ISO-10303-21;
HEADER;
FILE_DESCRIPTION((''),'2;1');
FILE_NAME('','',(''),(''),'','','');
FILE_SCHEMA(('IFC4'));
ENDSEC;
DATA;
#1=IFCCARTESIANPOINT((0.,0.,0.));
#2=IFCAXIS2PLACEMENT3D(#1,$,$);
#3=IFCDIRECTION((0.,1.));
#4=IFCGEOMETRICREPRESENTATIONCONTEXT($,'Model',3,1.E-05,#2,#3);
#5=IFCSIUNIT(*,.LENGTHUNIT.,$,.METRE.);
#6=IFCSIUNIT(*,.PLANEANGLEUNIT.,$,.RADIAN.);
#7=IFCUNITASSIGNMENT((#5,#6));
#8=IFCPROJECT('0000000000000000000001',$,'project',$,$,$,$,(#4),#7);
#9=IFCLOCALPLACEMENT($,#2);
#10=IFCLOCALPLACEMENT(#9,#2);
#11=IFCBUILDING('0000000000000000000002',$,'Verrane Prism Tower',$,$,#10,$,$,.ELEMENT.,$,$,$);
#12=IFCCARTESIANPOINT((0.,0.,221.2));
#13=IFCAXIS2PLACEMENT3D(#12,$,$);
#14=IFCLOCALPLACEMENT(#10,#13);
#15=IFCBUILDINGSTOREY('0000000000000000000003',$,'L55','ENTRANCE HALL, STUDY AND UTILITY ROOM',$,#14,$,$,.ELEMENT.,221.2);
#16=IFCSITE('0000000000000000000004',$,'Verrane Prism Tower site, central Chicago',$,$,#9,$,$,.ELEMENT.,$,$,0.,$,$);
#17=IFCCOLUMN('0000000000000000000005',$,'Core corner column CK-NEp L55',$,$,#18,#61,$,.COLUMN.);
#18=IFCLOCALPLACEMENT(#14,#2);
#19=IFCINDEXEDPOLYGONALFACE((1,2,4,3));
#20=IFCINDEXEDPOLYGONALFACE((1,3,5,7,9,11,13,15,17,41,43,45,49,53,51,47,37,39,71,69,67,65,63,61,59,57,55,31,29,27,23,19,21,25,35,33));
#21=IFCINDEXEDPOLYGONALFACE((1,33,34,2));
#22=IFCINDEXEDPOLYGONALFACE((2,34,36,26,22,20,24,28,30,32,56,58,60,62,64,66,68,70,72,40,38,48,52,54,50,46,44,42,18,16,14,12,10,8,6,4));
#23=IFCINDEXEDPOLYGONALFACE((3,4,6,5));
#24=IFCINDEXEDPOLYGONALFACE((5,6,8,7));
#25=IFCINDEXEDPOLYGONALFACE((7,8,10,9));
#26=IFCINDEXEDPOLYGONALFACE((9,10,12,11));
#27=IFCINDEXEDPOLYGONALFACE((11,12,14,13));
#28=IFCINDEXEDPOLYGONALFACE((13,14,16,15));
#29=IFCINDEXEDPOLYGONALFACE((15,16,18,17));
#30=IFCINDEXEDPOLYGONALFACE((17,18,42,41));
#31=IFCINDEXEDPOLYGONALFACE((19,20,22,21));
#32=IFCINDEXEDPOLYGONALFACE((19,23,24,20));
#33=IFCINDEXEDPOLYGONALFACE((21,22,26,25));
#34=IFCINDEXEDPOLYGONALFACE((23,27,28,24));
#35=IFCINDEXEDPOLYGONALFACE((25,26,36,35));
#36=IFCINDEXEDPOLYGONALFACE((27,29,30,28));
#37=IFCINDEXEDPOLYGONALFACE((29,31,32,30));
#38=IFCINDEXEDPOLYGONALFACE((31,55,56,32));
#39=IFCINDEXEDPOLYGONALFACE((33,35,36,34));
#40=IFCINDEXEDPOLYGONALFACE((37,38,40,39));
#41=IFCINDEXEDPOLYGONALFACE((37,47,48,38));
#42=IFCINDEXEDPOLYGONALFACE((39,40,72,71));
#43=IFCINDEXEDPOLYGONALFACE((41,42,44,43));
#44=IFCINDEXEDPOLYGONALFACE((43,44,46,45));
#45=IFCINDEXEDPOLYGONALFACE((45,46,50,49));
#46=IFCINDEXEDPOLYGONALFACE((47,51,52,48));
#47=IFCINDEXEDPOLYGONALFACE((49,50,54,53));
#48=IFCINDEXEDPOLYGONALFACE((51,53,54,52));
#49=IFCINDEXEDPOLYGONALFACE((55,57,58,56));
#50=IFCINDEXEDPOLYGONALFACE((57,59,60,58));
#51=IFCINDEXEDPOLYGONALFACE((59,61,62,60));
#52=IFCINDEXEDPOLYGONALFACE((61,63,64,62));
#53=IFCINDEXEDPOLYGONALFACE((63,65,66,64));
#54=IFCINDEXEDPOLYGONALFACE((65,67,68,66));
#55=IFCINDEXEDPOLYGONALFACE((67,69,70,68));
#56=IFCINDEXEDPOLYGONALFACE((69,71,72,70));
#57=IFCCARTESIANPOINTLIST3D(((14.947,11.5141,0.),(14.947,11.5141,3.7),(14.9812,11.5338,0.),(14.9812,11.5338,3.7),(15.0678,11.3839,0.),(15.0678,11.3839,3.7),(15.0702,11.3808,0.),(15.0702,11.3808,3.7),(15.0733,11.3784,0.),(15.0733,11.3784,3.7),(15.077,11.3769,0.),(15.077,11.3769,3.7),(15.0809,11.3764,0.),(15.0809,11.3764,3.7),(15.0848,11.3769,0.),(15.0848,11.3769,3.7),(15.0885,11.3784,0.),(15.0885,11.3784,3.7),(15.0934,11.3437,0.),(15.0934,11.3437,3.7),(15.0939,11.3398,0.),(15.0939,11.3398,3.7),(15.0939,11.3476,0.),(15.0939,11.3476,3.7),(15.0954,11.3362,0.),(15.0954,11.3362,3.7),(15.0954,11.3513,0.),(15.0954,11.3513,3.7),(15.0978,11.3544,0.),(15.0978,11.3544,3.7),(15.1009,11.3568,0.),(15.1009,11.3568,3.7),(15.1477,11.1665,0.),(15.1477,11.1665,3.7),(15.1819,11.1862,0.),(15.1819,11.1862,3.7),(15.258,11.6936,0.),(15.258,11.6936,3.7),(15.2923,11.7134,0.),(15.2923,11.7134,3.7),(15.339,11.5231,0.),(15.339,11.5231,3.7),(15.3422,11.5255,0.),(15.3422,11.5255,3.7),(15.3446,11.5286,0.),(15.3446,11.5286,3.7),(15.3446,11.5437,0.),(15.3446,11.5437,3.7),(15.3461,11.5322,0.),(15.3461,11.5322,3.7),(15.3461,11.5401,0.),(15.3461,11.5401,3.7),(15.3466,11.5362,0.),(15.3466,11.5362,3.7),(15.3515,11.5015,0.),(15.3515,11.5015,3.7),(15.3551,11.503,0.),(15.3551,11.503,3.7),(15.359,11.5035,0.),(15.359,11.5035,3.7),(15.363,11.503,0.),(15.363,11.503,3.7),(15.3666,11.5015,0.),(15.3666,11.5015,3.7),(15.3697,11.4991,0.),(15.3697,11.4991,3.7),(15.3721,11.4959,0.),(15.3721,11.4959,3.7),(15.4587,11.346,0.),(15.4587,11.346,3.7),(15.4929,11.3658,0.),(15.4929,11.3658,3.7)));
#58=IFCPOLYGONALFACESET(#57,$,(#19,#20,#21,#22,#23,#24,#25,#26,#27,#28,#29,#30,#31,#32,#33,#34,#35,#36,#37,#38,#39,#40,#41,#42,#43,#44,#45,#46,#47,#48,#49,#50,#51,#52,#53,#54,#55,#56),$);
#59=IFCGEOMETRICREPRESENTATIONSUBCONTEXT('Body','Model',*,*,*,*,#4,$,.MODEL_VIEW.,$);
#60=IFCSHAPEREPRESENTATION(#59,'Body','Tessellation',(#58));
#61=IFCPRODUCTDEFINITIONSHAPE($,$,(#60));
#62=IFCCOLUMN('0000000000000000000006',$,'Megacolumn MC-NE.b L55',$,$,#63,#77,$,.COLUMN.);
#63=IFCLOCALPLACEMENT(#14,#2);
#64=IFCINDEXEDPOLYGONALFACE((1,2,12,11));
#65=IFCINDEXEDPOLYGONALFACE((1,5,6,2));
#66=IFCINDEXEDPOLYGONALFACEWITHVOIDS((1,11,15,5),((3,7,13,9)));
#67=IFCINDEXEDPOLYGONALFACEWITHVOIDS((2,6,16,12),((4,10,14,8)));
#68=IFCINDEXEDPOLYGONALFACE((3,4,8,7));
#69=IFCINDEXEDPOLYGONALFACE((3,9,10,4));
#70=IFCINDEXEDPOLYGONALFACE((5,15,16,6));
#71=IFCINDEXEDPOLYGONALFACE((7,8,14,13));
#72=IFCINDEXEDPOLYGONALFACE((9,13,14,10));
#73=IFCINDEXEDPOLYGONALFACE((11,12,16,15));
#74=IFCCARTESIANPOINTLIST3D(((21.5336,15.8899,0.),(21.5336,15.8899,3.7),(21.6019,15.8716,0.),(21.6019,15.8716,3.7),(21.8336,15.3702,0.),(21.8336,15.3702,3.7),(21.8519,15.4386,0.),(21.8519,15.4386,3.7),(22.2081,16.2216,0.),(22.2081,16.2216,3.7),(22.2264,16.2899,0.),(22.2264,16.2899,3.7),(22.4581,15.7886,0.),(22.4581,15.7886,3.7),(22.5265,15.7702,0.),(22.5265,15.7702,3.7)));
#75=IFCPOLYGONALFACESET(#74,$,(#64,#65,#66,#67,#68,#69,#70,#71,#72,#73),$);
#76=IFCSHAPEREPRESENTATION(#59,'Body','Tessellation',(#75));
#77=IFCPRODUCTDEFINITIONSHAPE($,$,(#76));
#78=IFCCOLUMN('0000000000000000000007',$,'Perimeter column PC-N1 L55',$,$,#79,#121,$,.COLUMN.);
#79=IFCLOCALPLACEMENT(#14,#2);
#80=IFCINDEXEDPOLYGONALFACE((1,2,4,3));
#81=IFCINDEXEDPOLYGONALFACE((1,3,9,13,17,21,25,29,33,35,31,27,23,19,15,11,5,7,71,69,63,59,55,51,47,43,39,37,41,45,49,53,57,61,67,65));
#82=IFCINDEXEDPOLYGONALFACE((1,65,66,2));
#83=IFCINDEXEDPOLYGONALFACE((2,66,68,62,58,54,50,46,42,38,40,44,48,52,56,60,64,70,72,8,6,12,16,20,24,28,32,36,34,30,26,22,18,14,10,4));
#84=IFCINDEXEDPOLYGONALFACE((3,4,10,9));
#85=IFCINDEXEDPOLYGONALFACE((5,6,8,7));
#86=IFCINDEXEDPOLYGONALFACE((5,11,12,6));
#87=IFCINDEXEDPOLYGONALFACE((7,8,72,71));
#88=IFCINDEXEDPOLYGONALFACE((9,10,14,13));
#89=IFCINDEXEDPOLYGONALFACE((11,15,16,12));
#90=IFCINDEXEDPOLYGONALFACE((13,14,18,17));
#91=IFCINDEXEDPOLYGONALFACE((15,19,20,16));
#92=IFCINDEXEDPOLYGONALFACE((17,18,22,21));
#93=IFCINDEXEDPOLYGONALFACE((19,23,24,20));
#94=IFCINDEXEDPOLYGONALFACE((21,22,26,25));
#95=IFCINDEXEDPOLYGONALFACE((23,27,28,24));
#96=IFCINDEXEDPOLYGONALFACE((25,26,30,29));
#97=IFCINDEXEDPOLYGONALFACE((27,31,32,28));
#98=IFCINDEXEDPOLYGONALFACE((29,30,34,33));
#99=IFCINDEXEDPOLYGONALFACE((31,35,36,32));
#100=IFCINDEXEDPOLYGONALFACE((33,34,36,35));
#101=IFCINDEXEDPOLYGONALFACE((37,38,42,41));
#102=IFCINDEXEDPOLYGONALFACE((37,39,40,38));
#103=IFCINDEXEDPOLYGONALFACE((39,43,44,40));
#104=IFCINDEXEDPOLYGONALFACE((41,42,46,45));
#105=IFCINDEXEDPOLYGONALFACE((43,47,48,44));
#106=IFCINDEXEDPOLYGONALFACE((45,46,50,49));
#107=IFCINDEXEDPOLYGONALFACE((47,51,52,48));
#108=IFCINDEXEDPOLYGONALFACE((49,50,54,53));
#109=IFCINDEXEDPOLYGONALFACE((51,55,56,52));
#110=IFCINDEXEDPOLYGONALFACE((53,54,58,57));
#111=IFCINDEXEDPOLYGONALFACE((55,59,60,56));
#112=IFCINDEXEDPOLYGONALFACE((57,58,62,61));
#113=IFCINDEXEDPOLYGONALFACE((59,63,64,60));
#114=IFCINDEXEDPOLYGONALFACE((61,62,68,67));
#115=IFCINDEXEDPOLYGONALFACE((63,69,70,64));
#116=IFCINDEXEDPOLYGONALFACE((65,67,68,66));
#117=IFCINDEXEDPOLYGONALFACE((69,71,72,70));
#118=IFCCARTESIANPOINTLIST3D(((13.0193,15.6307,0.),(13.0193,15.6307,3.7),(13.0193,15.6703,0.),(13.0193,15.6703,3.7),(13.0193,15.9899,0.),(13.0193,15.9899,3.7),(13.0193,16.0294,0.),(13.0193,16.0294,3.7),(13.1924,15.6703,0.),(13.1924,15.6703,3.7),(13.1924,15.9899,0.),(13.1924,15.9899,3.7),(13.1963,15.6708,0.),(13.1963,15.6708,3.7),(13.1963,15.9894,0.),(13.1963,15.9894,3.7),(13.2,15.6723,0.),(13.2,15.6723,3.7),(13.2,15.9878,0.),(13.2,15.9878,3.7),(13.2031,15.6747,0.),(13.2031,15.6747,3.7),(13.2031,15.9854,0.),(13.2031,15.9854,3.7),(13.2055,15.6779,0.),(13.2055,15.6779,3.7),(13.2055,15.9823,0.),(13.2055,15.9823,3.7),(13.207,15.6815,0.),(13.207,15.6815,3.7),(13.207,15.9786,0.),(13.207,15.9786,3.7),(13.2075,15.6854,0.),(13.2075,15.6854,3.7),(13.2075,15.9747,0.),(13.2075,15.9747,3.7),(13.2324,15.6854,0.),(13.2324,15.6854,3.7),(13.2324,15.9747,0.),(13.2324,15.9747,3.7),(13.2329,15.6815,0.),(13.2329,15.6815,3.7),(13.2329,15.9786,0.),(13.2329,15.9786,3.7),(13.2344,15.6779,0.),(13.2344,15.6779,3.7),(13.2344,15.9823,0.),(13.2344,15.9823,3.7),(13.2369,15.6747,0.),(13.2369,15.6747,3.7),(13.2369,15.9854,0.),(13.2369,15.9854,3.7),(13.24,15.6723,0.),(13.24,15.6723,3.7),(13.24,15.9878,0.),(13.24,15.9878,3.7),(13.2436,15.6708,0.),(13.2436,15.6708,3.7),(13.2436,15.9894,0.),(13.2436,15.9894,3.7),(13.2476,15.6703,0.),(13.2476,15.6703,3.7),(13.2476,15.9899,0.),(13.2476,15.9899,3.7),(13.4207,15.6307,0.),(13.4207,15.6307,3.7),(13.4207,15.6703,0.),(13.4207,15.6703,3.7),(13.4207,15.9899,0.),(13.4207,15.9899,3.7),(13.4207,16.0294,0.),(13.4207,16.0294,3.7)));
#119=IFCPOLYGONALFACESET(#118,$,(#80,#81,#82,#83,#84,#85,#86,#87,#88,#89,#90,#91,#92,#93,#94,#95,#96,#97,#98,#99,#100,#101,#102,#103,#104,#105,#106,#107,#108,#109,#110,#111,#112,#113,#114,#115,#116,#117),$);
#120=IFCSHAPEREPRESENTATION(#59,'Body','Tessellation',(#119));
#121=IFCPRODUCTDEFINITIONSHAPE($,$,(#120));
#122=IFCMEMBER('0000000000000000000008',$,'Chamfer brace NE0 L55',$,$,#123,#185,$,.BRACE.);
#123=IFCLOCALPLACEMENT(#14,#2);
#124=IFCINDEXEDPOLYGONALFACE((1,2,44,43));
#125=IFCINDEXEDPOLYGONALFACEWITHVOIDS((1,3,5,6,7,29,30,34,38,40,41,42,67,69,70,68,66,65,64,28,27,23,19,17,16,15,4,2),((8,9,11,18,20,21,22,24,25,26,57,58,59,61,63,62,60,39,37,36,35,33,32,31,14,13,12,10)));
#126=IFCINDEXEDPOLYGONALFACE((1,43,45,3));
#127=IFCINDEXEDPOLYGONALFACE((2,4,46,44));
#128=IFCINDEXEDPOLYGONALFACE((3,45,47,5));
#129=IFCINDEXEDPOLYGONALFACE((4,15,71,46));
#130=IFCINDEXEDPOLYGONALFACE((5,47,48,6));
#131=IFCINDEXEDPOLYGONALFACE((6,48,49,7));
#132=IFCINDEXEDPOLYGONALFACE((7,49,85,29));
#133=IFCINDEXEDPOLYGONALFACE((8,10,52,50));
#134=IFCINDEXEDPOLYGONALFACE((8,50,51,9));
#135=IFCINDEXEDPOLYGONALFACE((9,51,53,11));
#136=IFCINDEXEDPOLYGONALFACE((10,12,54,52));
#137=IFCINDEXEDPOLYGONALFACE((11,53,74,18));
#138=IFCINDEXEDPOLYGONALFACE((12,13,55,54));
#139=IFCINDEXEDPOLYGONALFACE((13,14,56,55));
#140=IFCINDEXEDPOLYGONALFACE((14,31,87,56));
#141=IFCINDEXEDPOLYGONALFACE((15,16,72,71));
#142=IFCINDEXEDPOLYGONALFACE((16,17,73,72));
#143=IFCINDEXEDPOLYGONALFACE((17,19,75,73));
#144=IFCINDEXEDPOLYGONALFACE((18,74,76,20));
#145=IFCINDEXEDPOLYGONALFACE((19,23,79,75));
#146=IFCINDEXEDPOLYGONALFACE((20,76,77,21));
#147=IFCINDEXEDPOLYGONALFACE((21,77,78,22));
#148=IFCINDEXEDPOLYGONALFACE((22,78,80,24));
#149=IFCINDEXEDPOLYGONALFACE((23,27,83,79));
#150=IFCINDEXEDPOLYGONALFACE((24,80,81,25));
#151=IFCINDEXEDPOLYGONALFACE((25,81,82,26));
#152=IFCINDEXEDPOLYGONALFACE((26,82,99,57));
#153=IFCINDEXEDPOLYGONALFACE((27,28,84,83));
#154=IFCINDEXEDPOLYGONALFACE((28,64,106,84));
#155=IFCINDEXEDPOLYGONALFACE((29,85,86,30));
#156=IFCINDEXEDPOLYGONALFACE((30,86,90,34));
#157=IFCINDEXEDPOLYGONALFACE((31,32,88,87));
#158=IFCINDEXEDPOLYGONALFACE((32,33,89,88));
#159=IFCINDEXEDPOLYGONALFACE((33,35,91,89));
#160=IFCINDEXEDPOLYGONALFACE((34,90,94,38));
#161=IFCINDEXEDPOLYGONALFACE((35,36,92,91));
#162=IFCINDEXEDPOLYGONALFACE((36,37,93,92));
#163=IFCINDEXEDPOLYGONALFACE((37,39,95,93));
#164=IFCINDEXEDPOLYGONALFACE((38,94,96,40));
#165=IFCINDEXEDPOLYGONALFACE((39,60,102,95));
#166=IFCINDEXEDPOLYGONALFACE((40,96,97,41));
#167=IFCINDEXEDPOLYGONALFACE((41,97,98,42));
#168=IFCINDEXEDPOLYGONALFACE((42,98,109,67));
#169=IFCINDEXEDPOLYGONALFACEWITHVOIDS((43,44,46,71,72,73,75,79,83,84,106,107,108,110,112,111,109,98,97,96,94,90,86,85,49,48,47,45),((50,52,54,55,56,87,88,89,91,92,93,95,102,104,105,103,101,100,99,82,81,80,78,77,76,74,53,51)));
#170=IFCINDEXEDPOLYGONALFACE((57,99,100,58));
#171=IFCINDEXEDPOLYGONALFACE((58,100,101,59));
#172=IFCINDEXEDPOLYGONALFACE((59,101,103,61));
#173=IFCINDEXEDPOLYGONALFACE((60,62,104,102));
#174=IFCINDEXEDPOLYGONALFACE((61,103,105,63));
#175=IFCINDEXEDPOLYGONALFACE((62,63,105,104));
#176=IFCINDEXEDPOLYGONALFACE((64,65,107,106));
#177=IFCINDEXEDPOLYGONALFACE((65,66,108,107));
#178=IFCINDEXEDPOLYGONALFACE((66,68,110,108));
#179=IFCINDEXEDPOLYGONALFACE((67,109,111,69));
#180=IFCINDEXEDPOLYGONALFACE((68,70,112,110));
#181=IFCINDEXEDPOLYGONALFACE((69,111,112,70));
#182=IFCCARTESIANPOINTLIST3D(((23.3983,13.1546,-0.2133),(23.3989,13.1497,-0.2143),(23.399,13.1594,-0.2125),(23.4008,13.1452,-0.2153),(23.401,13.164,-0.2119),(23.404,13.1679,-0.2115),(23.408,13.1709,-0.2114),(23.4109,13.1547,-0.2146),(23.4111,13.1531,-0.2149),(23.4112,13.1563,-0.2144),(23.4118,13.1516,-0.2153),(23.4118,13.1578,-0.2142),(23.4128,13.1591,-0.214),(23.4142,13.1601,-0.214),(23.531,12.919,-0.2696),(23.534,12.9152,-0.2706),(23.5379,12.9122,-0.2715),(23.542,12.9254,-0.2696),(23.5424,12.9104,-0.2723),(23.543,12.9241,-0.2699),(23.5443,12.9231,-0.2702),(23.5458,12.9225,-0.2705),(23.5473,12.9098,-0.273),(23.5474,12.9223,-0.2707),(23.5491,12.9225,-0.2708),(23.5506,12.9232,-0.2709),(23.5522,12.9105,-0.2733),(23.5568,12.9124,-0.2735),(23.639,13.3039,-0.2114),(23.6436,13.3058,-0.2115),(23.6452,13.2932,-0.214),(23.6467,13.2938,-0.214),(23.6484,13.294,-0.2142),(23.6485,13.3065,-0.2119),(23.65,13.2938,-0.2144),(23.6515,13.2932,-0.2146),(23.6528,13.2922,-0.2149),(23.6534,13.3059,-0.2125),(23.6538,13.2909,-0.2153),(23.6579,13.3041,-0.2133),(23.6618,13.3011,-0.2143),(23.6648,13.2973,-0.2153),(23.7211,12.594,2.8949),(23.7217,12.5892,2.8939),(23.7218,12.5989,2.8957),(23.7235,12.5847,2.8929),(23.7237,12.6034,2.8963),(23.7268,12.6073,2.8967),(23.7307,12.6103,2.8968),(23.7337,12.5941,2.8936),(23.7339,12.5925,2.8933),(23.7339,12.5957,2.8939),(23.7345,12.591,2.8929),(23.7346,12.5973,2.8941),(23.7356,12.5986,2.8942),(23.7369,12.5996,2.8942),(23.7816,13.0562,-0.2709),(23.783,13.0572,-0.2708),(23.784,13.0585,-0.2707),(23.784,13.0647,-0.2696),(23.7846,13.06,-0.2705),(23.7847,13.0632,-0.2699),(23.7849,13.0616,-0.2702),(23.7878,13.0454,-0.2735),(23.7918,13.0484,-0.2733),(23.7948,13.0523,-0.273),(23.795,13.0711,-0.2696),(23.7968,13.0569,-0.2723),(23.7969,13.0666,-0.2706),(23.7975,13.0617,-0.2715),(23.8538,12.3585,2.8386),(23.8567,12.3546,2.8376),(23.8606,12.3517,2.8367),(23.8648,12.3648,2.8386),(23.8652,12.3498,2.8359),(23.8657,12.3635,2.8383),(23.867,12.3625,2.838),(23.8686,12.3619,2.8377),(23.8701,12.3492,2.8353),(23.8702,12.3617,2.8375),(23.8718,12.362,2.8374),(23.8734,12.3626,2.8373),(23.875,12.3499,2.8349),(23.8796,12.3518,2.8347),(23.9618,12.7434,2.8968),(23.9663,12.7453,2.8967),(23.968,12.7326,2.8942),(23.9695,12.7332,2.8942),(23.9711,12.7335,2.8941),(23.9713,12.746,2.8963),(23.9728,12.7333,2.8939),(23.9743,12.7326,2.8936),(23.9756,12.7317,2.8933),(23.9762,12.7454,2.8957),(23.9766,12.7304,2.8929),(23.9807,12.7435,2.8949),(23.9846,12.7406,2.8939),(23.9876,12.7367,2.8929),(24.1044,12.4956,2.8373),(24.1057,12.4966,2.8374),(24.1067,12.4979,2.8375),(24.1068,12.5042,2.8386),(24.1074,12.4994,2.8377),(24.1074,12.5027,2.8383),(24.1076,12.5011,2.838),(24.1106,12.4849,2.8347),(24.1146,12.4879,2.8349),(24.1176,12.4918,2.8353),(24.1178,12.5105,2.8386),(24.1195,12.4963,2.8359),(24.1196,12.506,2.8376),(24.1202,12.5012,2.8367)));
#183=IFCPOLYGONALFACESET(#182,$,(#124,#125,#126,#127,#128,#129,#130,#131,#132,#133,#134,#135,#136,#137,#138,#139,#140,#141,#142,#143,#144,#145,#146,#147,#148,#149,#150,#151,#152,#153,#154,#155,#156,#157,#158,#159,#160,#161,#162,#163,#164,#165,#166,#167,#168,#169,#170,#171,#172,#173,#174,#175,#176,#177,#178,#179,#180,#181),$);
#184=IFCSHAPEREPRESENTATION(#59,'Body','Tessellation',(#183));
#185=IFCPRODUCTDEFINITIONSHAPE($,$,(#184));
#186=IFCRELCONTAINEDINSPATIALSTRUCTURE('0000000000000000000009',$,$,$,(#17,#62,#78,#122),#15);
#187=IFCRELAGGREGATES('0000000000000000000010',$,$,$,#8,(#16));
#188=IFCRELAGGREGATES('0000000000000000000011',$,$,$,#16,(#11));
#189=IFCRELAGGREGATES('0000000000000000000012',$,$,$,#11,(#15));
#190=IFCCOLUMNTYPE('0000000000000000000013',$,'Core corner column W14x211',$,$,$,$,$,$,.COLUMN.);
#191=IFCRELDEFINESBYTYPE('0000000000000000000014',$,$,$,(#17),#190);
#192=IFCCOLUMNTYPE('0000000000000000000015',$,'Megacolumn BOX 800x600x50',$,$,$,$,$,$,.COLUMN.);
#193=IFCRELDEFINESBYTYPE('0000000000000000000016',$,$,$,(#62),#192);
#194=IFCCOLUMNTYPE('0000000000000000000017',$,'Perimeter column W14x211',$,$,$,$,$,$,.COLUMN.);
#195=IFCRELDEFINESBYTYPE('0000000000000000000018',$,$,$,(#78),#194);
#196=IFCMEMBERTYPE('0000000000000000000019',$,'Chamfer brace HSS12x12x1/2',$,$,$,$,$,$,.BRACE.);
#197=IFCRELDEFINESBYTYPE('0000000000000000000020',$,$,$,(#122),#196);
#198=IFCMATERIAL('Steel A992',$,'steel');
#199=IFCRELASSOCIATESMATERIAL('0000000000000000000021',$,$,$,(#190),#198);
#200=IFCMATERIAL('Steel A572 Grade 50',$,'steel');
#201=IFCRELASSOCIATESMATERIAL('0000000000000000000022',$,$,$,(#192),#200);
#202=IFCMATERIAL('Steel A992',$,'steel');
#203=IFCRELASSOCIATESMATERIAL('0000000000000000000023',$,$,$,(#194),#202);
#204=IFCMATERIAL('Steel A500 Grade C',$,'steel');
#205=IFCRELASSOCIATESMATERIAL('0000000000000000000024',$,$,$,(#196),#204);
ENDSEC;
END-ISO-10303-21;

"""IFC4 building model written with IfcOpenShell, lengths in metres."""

from ifc_helpers import new_model, si_unit, direction, frame, origin, origin_2d, place, context, subcontext, project, spatial, hollow_rectangle, i_section, extrude, material, material_profile, profile_set, type_object, element, save


model = new_model("IFC4")

# Units and contexts
model_context = context("Model", 3, precision=1e-05, world=origin(), true_north=direction((0.0, 1.0)))
body_context = subcontext(model_context, "Body", "Model", "MODEL_VIEW")
ifc_project = project(units=[si_unit("LENGTHUNIT", "METRE"), si_unit("PLANEANGLEUNIT", "RADIAN")], contexts=[model_context])

# Site, building, storey
site_placement = place(None, origin())
site = spatial("IfcSite", under=ifc_project, at=site_placement, Name="Verrane Prism Tower site, central Chicago", CompositionType="ELEMENT", RefElevation=0.0)
building_placement = place(site_placement, origin())
building = spatial("IfcBuilding", under=site, at=building_placement, Name="Verrane Prism Tower", CompositionType="ELEMENT")
storey_placement = place(building_placement, frame((0.0, 0.0, 221.2)))
storey = spatial("IfcBuildingStorey", under=building, at=storey_placement, Name="L55", Description="ENTRANCE HALL, STUDY AND UTILITY ROOM", CompositionType="ELEMENT", Elevation=221.2)

# Columns
ifc_material_1 = material(Name="Steel A992", Category="steel")
ifc_material_profile_1 = material_profile(ifc_material_1, i_section(OverallWidth=0.4014, OverallDepth=0.3987, WebThickness=0.0249, FlangeThickness=0.0396, FilletRadius=0.0151, at=origin_2d()), Name="W14x211")
ifc_profile_set_1 = profile_set([ifc_material_profile_1], Name="Steel A992")
column_type_1 = type_object("IfcColumnType", Name="Core corner column W14x211", PredefinedType="COLUMN", material=ifc_profile_set_1)
column_1_placement = place(storey_placement, frame((15.22, 11.4399, 0.0), z_axis=(0.0, 0.0, 1.0), x_axis=(0.5, -0.866025, 0.0)))
element("IfcColumn", 1, at=column_1_placement, inside=storey, type_object=column_type_1, Name="Core corner column CK-NEp L55", PredefinedType="COLUMN", context=body_context, shape_type="SweptSolid", body=[
    extrude(i_section(OverallWidth=0.4014, OverallDepth=0.3987, WebThickness=0.0249, FlangeThickness=0.0396, FilletRadius=0.0151, at=origin_2d()), origin(), (0.0, 0.0, 1.0), 3.7),
])
ifc_material_2 = material(Name="Steel A572 Grade 50", Category="steel")
ifc_material_profile_2 = material_profile(ifc_material_2, hollow_rectangle(XDim=0.6001, YDim=0.8, WallThickness=0.05, at=origin_2d()), Name="BOX 800x600x50")
ifc_profile_set_2 = profile_set([ifc_material_profile_2], Name="Steel A572 Grade 50")
column_type_2 = type_object("IfcColumnType", Name="Megacolumn BOX 800x600x50", PredefinedType="COLUMN", material=ifc_profile_set_2)
column_2_placement = place(storey_placement, frame((22.03, 15.8301, 0.0), z_axis=(0.0, 0.0, 1.0), x_axis=(0.5, -0.866025, 0.0)))
element("IfcColumn", 2, at=column_2_placement, inside=storey, type_object=column_type_2, Name="Megacolumn MC-NE.b L55", PredefinedType="COLUMN", context=body_context, shape_type="SweptSolid", body=[
    extrude(hollow_rectangle(XDim=0.6001, YDim=0.8, WallThickness=0.05, at=origin_2d()), origin(), (0.0, 0.0, 1.0), 3.7),
])
ifc_material_3 = material(Name="Steel A992", Category="steel")
ifc_material_profile_3 = material_profile(ifc_material_3, i_section(OverallWidth=0.4014, OverallDepth=0.3987, WebThickness=0.0249, FlangeThickness=0.0396, FilletRadius=0.0151, at=origin_2d()), Name="W14x211")
ifc_profile_set_3 = profile_set([ifc_material_profile_3], Name="Steel A992")
column_type_3 = type_object("IfcColumnType", Name="Perimeter column W14x211", PredefinedType="COLUMN", material=ifc_profile_set_3)
column_3_placement = place(storey_placement, frame((13.22, 15.8301, 0.0), z_axis=(0.0, 0.0, 1.0), x_axis=(1.0, 0.0, 0.0)))
element("IfcColumn", 3, at=column_3_placement, inside=storey, type_object=column_type_3, Name="Perimeter column PC-N1 L55", PredefinedType="COLUMN", context=body_context, shape_type="SweptSolid", body=[
    extrude(i_section(OverallWidth=0.4014, OverallDepth=0.3987, WebThickness=0.0249, FlangeThickness=0.0396, FilletRadius=0.0151, at=origin_2d()), origin(), (0.0, 0.0, 1.0), 3.7),
])

# Member
ifc_material_4 = material(Name="Steel A500 Grade C", Category="steel")
ifc_material_profile_4 = material_profile(ifc_material_4, hollow_rectangle(XDim=0.3047, YDim=0.3047, WallThickness=0.0127, InnerFilletRadius=0.0063, OuterFilletRadius=0.019, at=origin_2d()), Name="HSS12x12x1/2")
ifc_profile_set_4 = profile_set([ifc_material_profile_4], Name="Steel A500 Grade C")
member_type_1 = type_object("IfcMemberType", Name="Chamfer brace HSS12x12x1/2", PredefinedType="BRACE", material=ifc_profile_set_4)
member_1_placement = place(storey_placement, frame((23.5979, 13.1082, -0.2424), z_axis=(0.101663, -0.176564, 0.979025), x_axis=(0.866613, 0.498982, 0.0)))
element("IfcMember", 4, at=member_1_placement, inside=storey, type_object=member_type_1, Name="Chamfer brace NE0 L55", PredefinedType="BRACE", context=body_context, shape_type="SweptSolid", body=[
    extrude(hollow_rectangle(XDim=0.3047, YDim=0.3047, WallThickness=0.0127, InnerFilletRadius=0.0063, OuterFilletRadius=0.019, at=origin_2d()), origin(), (0.0, 0.0, 1.0), 3.1748),
])

save(model, "model.ifc")
